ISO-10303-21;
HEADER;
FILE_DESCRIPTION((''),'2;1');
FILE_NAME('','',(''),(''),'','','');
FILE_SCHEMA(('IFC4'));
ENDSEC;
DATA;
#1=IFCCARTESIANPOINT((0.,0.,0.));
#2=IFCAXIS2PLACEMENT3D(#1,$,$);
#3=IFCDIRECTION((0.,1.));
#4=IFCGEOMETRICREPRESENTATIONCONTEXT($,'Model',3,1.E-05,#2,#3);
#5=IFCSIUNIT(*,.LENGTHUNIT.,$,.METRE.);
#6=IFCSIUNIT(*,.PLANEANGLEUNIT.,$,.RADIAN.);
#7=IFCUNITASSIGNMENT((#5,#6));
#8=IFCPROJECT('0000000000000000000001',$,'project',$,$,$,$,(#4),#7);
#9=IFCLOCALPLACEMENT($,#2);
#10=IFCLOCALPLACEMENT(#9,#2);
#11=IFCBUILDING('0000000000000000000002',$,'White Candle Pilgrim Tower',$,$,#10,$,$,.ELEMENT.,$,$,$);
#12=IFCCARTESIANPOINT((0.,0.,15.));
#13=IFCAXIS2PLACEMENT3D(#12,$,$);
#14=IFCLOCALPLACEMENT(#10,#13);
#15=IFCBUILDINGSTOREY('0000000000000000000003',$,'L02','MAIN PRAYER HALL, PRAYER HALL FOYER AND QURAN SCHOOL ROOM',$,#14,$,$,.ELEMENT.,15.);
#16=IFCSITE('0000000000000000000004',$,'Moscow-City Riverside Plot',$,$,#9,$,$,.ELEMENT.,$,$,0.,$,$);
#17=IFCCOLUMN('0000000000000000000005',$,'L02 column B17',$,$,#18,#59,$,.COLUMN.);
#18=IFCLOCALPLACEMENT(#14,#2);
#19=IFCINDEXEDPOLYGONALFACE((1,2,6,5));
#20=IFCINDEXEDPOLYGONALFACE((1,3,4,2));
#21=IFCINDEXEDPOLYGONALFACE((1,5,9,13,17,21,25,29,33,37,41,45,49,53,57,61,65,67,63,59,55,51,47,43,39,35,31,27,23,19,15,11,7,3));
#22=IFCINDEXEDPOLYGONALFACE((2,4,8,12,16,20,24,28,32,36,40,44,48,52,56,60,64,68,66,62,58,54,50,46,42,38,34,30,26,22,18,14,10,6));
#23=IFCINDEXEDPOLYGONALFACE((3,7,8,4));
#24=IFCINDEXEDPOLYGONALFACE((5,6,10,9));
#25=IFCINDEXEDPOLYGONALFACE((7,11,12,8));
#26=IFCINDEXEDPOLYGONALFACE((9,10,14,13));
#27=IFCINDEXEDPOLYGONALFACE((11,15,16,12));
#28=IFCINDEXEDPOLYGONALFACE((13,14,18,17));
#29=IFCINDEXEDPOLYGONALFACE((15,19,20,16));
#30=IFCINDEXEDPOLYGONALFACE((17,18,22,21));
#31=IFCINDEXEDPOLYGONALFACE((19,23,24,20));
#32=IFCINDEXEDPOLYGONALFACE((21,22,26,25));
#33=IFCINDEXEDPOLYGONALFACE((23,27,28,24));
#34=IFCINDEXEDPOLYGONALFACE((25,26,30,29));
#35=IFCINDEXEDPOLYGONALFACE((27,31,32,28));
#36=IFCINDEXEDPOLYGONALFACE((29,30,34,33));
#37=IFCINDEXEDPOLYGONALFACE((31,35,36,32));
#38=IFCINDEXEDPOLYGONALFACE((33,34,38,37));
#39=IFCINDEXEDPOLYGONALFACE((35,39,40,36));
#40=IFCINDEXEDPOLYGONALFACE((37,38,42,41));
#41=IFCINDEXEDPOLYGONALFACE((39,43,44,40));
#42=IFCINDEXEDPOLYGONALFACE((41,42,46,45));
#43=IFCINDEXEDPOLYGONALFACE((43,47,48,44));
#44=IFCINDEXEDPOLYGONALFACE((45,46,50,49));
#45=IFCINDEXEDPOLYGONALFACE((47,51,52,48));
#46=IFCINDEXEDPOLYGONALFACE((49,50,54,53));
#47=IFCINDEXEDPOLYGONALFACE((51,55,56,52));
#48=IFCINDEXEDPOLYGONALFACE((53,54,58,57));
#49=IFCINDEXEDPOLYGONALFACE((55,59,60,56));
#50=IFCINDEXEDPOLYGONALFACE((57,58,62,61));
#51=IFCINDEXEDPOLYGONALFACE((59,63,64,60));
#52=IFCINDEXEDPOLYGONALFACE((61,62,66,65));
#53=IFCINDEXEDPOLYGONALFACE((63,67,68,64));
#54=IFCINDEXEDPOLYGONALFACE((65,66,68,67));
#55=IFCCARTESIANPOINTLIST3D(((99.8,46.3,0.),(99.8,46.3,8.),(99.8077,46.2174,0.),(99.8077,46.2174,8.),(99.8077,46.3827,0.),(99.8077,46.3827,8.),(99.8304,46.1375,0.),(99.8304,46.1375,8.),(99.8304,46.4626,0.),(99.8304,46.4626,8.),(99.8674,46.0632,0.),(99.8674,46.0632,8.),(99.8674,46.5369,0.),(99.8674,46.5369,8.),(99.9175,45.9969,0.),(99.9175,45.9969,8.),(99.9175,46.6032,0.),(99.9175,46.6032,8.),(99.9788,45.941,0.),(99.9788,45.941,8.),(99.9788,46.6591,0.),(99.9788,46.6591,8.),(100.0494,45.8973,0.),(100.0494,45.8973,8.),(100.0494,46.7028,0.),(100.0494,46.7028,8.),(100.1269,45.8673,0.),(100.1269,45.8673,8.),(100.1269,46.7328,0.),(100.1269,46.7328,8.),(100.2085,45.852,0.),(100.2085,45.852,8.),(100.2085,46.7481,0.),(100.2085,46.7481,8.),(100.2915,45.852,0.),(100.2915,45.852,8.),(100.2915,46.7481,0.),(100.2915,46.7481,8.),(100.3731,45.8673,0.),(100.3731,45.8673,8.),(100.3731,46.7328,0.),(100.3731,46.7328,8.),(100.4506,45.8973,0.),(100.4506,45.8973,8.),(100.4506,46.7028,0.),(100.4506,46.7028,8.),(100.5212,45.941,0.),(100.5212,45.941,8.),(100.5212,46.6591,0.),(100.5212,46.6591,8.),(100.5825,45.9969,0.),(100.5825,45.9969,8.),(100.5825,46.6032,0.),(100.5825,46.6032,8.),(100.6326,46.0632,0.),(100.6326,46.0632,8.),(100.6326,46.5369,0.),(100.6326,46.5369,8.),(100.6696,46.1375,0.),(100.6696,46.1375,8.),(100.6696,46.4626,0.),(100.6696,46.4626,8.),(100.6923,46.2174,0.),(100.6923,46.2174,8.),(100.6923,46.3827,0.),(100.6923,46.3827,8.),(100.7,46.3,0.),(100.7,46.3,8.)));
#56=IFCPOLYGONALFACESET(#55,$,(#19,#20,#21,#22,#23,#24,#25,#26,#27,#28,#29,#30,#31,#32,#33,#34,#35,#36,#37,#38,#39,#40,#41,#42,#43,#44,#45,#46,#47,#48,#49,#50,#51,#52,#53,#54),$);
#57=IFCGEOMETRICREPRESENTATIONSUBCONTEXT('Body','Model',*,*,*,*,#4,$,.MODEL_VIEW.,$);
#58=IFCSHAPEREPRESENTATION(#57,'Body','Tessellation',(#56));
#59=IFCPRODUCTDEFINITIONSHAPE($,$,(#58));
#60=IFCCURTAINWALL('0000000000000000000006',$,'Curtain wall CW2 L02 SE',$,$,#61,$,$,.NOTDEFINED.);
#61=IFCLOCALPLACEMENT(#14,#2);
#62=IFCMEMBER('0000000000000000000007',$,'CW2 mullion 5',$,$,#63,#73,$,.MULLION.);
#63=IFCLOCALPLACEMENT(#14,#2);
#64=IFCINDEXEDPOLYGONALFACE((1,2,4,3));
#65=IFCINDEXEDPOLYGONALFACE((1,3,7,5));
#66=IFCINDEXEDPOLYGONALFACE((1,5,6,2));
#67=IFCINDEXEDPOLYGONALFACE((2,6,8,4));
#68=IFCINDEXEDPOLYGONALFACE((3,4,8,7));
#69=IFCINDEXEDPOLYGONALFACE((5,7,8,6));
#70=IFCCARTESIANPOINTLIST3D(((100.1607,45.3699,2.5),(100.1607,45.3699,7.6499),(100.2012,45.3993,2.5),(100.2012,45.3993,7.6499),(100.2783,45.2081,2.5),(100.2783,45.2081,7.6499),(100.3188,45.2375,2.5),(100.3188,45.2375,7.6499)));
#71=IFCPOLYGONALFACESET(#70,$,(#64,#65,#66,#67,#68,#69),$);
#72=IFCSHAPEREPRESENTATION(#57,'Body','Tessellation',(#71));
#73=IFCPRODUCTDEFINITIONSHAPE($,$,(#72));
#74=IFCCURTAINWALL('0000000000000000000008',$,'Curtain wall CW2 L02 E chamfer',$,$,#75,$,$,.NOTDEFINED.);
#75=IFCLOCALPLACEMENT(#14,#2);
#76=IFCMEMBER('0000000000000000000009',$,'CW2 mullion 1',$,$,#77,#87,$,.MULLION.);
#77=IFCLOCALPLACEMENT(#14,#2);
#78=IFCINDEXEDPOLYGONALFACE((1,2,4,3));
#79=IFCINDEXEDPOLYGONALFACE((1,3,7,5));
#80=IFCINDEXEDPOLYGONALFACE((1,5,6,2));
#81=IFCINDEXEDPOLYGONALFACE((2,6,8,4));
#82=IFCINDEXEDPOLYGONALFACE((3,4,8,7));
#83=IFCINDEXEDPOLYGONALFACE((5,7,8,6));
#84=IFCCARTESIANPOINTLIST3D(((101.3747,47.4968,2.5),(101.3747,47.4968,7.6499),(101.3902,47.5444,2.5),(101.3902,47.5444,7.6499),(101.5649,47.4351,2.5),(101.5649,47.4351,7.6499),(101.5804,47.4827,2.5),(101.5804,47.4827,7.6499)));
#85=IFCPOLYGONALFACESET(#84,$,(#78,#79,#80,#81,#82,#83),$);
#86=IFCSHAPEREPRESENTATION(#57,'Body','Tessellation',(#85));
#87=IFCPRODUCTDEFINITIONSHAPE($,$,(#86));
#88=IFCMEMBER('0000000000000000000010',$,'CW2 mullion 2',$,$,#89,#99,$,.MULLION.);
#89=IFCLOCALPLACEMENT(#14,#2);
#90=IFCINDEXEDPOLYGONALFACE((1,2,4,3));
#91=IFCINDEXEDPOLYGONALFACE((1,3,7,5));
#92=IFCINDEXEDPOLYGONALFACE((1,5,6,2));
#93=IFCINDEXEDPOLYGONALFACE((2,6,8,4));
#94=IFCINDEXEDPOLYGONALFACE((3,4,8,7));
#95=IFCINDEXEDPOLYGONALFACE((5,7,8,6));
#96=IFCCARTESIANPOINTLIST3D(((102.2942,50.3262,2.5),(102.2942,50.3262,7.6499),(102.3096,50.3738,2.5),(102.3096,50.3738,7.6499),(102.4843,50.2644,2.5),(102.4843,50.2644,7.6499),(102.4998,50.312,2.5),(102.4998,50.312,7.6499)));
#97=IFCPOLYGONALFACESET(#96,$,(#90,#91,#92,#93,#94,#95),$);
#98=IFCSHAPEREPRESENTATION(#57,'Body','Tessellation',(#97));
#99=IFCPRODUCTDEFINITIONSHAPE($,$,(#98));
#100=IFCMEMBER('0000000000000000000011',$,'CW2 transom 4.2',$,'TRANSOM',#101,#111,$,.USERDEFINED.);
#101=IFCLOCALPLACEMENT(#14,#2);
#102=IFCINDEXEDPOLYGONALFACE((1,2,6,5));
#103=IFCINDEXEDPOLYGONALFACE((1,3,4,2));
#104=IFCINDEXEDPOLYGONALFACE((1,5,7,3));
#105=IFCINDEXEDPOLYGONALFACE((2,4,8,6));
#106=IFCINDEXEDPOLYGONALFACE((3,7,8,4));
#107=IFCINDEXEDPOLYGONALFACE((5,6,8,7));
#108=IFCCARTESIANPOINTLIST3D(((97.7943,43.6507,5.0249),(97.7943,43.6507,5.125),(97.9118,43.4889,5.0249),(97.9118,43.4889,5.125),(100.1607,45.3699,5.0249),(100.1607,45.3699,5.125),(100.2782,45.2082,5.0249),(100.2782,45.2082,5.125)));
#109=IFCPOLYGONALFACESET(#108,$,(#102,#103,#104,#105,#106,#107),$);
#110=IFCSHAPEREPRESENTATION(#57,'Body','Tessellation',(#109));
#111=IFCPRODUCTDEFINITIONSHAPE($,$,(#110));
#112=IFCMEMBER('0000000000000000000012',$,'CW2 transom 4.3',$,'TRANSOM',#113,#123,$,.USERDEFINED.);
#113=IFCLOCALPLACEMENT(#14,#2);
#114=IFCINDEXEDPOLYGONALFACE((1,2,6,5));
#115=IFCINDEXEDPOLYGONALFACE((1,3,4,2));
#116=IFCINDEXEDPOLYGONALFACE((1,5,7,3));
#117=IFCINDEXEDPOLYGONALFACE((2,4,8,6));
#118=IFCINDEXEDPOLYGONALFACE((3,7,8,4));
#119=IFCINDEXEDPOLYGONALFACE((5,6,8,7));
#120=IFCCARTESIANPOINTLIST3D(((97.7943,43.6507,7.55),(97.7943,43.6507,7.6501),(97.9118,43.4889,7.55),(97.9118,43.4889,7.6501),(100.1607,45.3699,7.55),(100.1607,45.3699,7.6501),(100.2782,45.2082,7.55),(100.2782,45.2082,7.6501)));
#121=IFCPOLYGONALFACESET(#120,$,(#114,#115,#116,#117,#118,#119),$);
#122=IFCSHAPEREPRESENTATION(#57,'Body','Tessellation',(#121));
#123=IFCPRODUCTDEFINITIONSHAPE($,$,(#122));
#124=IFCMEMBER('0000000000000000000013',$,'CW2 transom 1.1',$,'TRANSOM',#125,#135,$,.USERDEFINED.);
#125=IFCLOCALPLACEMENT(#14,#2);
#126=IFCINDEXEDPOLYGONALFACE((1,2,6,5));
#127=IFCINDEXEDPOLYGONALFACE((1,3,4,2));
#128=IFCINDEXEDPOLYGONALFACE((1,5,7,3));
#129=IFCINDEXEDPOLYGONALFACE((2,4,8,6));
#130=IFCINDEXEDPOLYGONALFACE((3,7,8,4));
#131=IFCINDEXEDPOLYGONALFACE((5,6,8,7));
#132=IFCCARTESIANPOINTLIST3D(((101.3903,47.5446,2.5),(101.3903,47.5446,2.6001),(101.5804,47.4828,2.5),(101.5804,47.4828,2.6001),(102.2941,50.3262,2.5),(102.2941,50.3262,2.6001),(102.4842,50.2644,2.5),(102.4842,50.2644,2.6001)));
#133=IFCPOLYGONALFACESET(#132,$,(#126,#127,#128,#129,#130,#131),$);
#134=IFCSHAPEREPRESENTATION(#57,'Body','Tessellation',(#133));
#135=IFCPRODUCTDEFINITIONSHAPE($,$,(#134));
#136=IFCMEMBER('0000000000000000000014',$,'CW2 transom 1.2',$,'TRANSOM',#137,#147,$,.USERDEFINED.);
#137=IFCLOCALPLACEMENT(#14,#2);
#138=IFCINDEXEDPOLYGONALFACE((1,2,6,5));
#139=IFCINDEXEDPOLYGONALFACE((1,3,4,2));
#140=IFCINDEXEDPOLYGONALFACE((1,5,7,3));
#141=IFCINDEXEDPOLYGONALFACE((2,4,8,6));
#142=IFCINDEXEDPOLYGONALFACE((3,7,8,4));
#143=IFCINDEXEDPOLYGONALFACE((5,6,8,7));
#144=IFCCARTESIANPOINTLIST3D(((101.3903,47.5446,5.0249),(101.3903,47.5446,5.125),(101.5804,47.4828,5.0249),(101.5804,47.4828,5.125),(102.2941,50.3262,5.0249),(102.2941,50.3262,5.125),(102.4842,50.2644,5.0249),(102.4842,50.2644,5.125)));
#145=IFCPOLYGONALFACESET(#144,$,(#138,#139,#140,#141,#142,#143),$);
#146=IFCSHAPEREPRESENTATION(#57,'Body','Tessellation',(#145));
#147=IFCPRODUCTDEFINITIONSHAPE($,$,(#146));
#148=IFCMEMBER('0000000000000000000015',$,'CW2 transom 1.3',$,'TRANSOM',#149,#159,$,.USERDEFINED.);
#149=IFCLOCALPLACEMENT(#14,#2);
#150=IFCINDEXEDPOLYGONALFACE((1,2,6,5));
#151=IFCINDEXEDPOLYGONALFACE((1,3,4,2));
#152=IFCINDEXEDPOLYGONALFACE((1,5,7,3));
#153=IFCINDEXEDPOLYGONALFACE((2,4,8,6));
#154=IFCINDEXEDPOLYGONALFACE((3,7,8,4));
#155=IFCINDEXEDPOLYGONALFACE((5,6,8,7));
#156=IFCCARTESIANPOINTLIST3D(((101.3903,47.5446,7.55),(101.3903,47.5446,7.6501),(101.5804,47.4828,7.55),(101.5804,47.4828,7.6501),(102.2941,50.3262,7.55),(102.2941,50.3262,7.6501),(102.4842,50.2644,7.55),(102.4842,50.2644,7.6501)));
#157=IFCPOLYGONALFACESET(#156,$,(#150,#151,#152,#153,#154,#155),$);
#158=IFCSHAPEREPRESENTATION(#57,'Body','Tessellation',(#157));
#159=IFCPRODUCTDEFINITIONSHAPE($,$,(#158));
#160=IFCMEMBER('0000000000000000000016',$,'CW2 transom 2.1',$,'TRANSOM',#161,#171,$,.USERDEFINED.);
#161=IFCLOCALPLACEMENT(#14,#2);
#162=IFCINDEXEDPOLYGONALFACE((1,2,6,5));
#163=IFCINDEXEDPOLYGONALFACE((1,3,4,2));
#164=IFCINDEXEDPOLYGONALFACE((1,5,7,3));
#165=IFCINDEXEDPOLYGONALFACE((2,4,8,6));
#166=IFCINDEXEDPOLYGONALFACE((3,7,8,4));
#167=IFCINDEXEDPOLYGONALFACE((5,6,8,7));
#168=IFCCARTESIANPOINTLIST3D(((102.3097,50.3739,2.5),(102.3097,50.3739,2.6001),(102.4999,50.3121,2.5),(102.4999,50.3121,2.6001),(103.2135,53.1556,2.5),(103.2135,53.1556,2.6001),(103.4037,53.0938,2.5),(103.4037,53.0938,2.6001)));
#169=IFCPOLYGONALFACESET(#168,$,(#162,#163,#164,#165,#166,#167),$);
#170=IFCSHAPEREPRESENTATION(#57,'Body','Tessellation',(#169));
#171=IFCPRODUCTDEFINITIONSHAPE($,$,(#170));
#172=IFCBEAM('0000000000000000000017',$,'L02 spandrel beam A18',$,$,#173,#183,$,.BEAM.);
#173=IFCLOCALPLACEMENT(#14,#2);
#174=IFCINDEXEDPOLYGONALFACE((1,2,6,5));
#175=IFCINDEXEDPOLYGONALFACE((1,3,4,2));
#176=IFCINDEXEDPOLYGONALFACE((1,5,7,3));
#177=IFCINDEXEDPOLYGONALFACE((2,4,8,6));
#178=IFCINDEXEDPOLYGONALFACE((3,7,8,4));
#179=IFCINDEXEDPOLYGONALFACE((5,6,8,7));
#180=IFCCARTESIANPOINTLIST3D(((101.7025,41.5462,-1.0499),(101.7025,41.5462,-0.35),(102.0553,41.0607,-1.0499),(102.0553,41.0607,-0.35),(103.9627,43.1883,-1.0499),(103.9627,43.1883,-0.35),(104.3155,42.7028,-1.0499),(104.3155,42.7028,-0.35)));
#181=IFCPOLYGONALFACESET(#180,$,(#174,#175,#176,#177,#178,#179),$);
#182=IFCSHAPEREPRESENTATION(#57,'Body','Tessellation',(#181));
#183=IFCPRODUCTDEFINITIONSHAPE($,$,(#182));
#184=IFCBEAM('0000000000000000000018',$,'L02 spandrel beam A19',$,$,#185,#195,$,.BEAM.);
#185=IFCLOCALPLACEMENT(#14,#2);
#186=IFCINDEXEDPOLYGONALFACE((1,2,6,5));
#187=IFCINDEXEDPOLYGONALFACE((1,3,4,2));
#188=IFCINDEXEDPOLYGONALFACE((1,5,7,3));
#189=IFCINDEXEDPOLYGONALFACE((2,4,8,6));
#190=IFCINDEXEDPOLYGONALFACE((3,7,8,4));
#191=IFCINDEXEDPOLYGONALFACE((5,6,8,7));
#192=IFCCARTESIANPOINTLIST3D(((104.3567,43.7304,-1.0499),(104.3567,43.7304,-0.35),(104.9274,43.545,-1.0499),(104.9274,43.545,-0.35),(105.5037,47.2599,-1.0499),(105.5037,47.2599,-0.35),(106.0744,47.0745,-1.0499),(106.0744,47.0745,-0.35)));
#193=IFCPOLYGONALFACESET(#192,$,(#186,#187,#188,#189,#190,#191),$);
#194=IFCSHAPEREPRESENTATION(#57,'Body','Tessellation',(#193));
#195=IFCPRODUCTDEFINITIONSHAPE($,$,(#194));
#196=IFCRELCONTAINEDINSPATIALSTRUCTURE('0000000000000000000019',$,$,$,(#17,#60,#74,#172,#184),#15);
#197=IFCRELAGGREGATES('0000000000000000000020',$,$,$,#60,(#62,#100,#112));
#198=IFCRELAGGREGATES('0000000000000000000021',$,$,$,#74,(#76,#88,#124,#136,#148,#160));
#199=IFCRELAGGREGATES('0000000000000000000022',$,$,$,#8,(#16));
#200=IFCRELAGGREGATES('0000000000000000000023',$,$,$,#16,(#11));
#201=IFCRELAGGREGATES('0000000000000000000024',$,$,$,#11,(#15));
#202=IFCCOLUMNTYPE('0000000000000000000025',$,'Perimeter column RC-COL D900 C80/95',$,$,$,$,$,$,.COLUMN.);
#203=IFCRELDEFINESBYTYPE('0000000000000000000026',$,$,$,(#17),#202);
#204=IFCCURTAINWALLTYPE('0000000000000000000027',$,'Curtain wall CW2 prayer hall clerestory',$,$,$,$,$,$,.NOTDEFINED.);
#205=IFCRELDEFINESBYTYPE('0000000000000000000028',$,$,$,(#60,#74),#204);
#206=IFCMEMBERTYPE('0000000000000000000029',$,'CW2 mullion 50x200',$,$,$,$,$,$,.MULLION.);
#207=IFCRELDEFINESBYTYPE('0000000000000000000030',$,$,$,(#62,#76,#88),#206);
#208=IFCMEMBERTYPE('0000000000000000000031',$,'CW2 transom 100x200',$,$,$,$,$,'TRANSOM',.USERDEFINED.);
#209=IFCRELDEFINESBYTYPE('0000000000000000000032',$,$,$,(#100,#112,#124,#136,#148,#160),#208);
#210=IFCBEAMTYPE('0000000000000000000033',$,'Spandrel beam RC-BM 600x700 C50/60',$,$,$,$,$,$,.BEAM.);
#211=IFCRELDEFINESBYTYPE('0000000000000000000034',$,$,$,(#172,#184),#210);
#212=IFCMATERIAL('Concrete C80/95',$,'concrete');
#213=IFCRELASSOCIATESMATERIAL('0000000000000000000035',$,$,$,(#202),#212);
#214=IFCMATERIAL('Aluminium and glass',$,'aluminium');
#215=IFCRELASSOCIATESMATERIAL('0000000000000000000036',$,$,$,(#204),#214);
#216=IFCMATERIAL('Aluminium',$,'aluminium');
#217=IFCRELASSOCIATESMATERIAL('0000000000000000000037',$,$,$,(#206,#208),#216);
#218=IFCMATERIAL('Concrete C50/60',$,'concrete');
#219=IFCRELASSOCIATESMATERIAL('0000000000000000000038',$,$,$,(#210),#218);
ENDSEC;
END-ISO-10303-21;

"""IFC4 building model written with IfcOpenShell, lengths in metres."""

from ifc_helpers import new_model, si_unit, direction, frame, origin, origin_2d, place, context, subcontext, project, spatial, rectangle, circle, extrude, material, material_profile, profile_set, type_object, element, aggregate, save


model = new_model("IFC4")

# Units and contexts
model_context = context("Model", 3, precision=1e-05, world=origin(), true_north=direction((0.0, 1.0)))
body_context = subcontext(model_context, "Body", "Model", "MODEL_VIEW")
ifc_project = project(units=[si_unit("LENGTHUNIT", "METRE"), si_unit("PLANEANGLEUNIT", "RADIAN")], contexts=[model_context])

# Site, building, storey
site_placement = place(None, origin())
site = spatial("IfcSite", under=ifc_project, at=site_placement, Name="Moscow-City Riverside Plot", CompositionType="ELEMENT", RefElevation=0.0)
building_placement = place(site_placement, origin())
building = spatial("IfcBuilding", under=site, at=building_placement, Name="White Candle Pilgrim Tower", CompositionType="ELEMENT")
storey_placement = place(building_placement, frame((0.0, 0.0, 15.0)))
storey = spatial("IfcBuildingStorey", under=building, at=storey_placement, Name="L02", Description="MAIN PRAYER HALL, PRAYER HALL FOYER AND QURAN SCHOOL ROOM", CompositionType="ELEMENT", Elevation=15.0)

# Column
ifc_material_1 = material(Name="Concrete C80/95", Category="concrete")
ifc_material_profile_1 = material_profile(ifc_material_1, circle(Radius=0.45, at=origin_2d()), Name="RC-COL D900")
ifc_profile_set_1 = profile_set([ifc_material_profile_1], Name="Concrete C80/95")
column_type = type_object("IfcColumnType", Name="Perimeter column RC-COL D900 C80/95", PredefinedType="COLUMN", material=ifc_profile_set_1)
column_placement = place(storey_placement, frame((100.25, 46.3, 0.0), z_axis=(0.0, 0.0, 1.0), x_axis=(1.0, 0.0, 0.0)))
element("IfcColumn", 1, at=column_placement, inside=storey, type_object=column_type, Name="L02 column B17", PredefinedType="COLUMN", context=body_context, shape_type="SweptSolid", body=[
    extrude(circle(Radius=0.45, at=origin_2d()), origin(), (0.0, 0.0, 1.0), 8.0),
])

# Curtain wall, member
ifc_material_2 = material(Name="Aluminium and glass", Category="aluminium")
curtain_wall_type = type_object("IfcCurtainWallType", Name="Curtain wall CW2 prayer hall clerestory", PredefinedType="NOTDEFINED", material=ifc_material_2)
curtain_wall_1_placement = place(storey_placement, origin())
curtain_wall_1 = element("IfcCurtainWall", 2, at=curtain_wall_1_placement, inside=storey, type_object=curtain_wall_type, Name="Curtain wall CW2 L02 SE", PredefinedType="NOTDEFINED")
ifc_material_3 = material(Name="Aluminium", Category="aluminium")
ifc_material_profile_2 = material_profile(ifc_material_3, rectangle(XDim=0.2, YDim=0.05, at=origin_2d()), Name="CW2 mullion 50x200")
ifc_profile_set_2 = profile_set([ifc_material_profile_2], Name="Aluminium")
member_type_1 = type_object("IfcMemberType", Name="CW2 mullion 50x200", PredefinedType="MULLION", material=ifc_profile_set_2)
member_1_placement = place(storey_placement, frame((100.2397, 45.3037, 2.5), z_axis=(0.0, 0.0, 1.0), x_axis=(-0.587785, 0.809017, 0.0)))
member_1 = element("IfcMember", 3, at=member_1_placement, type_object=member_type_1, Name="CW2 mullion 5", PredefinedType="MULLION", context=body_context, shape_type="SweptSolid", body=[
    extrude(rectangle(XDim=0.2, YDim=0.05, at=origin_2d()), origin(), (0.0, 0.0, 1.0), 5.1499),
])

# Curtain wall, members
curtain_wall_2_placement = place(storey_placement, origin())
curtain_wall_2 = element("IfcCurtainWall", 4, at=curtain_wall_2_placement, inside=storey, type_object=curtain_wall_type, Name="Curtain wall CW2 L02 E chamfer", PredefinedType="NOTDEFINED")
member_2_placement = place(storey_placement, frame((101.4775, 47.4897, 2.5), z_axis=(0.0, 0.0, 1.0), x_axis=(-0.951057, 0.309017, 0.0)))
member_2 = element("IfcMember", 5, at=member_2_placement, type_object=member_type_1, Name="CW2 mullion 1", PredefinedType="MULLION", context=body_context, shape_type="SweptSolid", body=[
    extrude(rectangle(XDim=0.2, YDim=0.05, at=origin_2d()), origin(), (0.0, 0.0, 1.0), 5.1499),
])
member_3_placement = place(storey_placement, frame((102.397, 50.3191, 2.5), z_axis=(0.0, 0.0, 1.0), x_axis=(-0.951057, 0.309017, 0.0)))
member_3 = element("IfcMember", 6, at=member_3_placement, type_object=member_type_1, Name="CW2 mullion 2", PredefinedType="MULLION", context=body_context, shape_type="SweptSolid", body=[
    extrude(rectangle(XDim=0.2, YDim=0.05, at=origin_2d()), origin(), (0.0, 0.0, 1.0), 5.1499),
])

# Members
ifc_material_profile_3 = material_profile(ifc_material_3, rectangle(XDim=0.2, YDim=0.1001, at=origin_2d()), Name="CW2 transom 100x200")
ifc_profile_set_3 = profile_set([ifc_material_profile_3], Name="Aluminium")
member_type_2 = type_object("IfcMemberType", Name="CW2 transom 100x200", ElementType="TRANSOM", PredefinedType="USERDEFINED", material=ifc_profile_set_3)
member_4_placement = place(storey_placement, frame((97.853, 43.5698, 5.075), z_axis=(0.809032, 0.587765, 0.0), x_axis=(-0.587765, 0.809032, 0.0)))
member_4 = element("IfcMember", 7, at=member_4_placement, type_object=member_type_2, Name="CW2 transom 4.2", ObjectType="TRANSOM", PredefinedType="USERDEFINED", context=body_context, shape_type="SweptSolid", body=[
    extrude(rectangle(XDim=0.2, YDim=0.1001, at=origin_2d()), origin(), (0.0, 0.0, 1.0), 2.925),
])
member_5_placement = place(storey_placement, frame((97.853, 43.5698, 7.6001), z_axis=(0.809032, 0.587765, 0.0), x_axis=(-0.587765, 0.809032, 0.0)))
member_5 = element("IfcMember", 8, at=member_5_placement, type_object=member_type_2, Name="CW2 transom 4.3", ObjectType="TRANSOM", PredefinedType="USERDEFINED", context=body_context, shape_type="SweptSolid", body=[
    extrude(rectangle(XDim=0.2, YDim=0.1001, at=origin_2d()), origin(), (0.0, 0.0, 1.0), 2.925),
])
member_6_placement = place(storey_placement, frame((101.4854, 47.5137, 2.55), z_axis=(0.309007, 0.95106, 0.0), x_axis=(-0.95106, 0.309007, 0.0)))
member_6 = element("IfcMember", 9, at=member_6_placement, type_object=member_type_2, Name="CW2 transom 1.1", ObjectType="TRANSOM", PredefinedType="USERDEFINED", context=body_context, shape_type="SweptSolid", body=[
    extrude(rectangle(XDim=0.2, YDim=0.1001, at=origin_2d()), origin(), (0.0, 0.0, 1.0), 2.9248),
])
member_7_placement = place(storey_placement, frame((101.4854, 47.5137, 5.075), z_axis=(0.309007, 0.95106, 0.0), x_axis=(-0.95106, 0.309007, 0.0)))
member_7 = element("IfcMember", 10, at=member_7_placement, type_object=member_type_2, Name="CW2 transom 1.2", ObjectType="TRANSOM", PredefinedType="USERDEFINED", context=body_context, shape_type="SweptSolid", body=[
    extrude(rectangle(XDim=0.2, YDim=0.1001, at=origin_2d()), origin(), (0.0, 0.0, 1.0), 2.9248),
])
member_8_placement = place(storey_placement, frame((101.4854, 47.5137, 7.6001), z_axis=(0.309007, 0.95106, 0.0), x_axis=(-0.95106, 0.309007, 0.0)))
member_8 = element("IfcMember", 11, at=member_8_placement, type_object=member_type_2, Name="CW2 transom 1.3", ObjectType="TRANSOM", PredefinedType="USERDEFINED", context=body_context, shape_type="SweptSolid", body=[
    extrude(rectangle(XDim=0.2, YDim=0.1001, at=origin_2d()), origin(), (0.0, 0.0, 1.0), 2.9248),
])
member_9_placement = place(storey_placement, frame((102.4048, 50.343, 2.55), z_axis=(0.309007, 0.95106, 0.0), x_axis=(-0.95106, 0.309007, 0.0)))
member_9 = element("IfcMember", 12, at=member_9_placement, type_object=member_type_2, Name="CW2 transom 2.1", ObjectType="TRANSOM", PredefinedType="USERDEFINED", context=body_context, shape_type="SweptSolid", body=[
    extrude(rectangle(XDim=0.2, YDim=0.1001, at=origin_2d()), origin(), (0.0, 0.0, 1.0), 2.9248),
])

# Beams
ifc_material_4 = material(Name="Concrete C50/60", Category="concrete")
ifc_material_profile_4 = material_profile(ifc_material_4, rectangle(XDim=0.6001, YDim=0.7, at=origin_2d()), Name="RC-BM 600x700")
ifc_profile_set_4 = profile_set([ifc_material_profile_4], Name="Concrete C50/60")
beam_type = type_object("IfcBeamType", Name="Spandrel beam RC-BM 600x700 C50/60", PredefinedType="BEAM", material=ifc_profile_set_4)
beam_1_placement = place(storey_placement, frame((101.8789, 41.3035, -0.7), z_axis=(0.809031, 0.587766, 0.0), x_axis=(-0.587766, 0.809031, 0.0)))
element("IfcBeam", 13, at=beam_1_placement, inside=storey, type_object=beam_type, Name="L02 spandrel beam A18", PredefinedType="BEAM", context=body_context, shape_type="SweptSolid", body=[
    extrude(rectangle(XDim=0.6001, YDim=0.7, at=origin_2d()), origin(), (0.0, 0.0, 1.0), 2.7937),
])
beam_2_placement = place(storey_placement, frame((104.6421, 43.6377, -0.7), z_axis=(0.309055, 0.951044, 0.0), x_axis=(-0.951044, 0.309055, 0.0)))
element("IfcBeam", 14, at=beam_2_placement, inside=storey, type_object=beam_type, Name="L02 spandrel beam A19", PredefinedType="BEAM", context=body_context, shape_type="SweptSolid", body=[
    extrude(rectangle(XDim=0.6001, YDim=0.7, at=origin_2d()), origin(), (0.0, 0.0, 1.0), 3.7112),
])

aggregate(curtain_wall_1, [member_1, member_4, member_5])
aggregate(curtain_wall_2, [member_2, member_3, member_6, member_7, member_8, member_9])

save(model, "model.ifc")
